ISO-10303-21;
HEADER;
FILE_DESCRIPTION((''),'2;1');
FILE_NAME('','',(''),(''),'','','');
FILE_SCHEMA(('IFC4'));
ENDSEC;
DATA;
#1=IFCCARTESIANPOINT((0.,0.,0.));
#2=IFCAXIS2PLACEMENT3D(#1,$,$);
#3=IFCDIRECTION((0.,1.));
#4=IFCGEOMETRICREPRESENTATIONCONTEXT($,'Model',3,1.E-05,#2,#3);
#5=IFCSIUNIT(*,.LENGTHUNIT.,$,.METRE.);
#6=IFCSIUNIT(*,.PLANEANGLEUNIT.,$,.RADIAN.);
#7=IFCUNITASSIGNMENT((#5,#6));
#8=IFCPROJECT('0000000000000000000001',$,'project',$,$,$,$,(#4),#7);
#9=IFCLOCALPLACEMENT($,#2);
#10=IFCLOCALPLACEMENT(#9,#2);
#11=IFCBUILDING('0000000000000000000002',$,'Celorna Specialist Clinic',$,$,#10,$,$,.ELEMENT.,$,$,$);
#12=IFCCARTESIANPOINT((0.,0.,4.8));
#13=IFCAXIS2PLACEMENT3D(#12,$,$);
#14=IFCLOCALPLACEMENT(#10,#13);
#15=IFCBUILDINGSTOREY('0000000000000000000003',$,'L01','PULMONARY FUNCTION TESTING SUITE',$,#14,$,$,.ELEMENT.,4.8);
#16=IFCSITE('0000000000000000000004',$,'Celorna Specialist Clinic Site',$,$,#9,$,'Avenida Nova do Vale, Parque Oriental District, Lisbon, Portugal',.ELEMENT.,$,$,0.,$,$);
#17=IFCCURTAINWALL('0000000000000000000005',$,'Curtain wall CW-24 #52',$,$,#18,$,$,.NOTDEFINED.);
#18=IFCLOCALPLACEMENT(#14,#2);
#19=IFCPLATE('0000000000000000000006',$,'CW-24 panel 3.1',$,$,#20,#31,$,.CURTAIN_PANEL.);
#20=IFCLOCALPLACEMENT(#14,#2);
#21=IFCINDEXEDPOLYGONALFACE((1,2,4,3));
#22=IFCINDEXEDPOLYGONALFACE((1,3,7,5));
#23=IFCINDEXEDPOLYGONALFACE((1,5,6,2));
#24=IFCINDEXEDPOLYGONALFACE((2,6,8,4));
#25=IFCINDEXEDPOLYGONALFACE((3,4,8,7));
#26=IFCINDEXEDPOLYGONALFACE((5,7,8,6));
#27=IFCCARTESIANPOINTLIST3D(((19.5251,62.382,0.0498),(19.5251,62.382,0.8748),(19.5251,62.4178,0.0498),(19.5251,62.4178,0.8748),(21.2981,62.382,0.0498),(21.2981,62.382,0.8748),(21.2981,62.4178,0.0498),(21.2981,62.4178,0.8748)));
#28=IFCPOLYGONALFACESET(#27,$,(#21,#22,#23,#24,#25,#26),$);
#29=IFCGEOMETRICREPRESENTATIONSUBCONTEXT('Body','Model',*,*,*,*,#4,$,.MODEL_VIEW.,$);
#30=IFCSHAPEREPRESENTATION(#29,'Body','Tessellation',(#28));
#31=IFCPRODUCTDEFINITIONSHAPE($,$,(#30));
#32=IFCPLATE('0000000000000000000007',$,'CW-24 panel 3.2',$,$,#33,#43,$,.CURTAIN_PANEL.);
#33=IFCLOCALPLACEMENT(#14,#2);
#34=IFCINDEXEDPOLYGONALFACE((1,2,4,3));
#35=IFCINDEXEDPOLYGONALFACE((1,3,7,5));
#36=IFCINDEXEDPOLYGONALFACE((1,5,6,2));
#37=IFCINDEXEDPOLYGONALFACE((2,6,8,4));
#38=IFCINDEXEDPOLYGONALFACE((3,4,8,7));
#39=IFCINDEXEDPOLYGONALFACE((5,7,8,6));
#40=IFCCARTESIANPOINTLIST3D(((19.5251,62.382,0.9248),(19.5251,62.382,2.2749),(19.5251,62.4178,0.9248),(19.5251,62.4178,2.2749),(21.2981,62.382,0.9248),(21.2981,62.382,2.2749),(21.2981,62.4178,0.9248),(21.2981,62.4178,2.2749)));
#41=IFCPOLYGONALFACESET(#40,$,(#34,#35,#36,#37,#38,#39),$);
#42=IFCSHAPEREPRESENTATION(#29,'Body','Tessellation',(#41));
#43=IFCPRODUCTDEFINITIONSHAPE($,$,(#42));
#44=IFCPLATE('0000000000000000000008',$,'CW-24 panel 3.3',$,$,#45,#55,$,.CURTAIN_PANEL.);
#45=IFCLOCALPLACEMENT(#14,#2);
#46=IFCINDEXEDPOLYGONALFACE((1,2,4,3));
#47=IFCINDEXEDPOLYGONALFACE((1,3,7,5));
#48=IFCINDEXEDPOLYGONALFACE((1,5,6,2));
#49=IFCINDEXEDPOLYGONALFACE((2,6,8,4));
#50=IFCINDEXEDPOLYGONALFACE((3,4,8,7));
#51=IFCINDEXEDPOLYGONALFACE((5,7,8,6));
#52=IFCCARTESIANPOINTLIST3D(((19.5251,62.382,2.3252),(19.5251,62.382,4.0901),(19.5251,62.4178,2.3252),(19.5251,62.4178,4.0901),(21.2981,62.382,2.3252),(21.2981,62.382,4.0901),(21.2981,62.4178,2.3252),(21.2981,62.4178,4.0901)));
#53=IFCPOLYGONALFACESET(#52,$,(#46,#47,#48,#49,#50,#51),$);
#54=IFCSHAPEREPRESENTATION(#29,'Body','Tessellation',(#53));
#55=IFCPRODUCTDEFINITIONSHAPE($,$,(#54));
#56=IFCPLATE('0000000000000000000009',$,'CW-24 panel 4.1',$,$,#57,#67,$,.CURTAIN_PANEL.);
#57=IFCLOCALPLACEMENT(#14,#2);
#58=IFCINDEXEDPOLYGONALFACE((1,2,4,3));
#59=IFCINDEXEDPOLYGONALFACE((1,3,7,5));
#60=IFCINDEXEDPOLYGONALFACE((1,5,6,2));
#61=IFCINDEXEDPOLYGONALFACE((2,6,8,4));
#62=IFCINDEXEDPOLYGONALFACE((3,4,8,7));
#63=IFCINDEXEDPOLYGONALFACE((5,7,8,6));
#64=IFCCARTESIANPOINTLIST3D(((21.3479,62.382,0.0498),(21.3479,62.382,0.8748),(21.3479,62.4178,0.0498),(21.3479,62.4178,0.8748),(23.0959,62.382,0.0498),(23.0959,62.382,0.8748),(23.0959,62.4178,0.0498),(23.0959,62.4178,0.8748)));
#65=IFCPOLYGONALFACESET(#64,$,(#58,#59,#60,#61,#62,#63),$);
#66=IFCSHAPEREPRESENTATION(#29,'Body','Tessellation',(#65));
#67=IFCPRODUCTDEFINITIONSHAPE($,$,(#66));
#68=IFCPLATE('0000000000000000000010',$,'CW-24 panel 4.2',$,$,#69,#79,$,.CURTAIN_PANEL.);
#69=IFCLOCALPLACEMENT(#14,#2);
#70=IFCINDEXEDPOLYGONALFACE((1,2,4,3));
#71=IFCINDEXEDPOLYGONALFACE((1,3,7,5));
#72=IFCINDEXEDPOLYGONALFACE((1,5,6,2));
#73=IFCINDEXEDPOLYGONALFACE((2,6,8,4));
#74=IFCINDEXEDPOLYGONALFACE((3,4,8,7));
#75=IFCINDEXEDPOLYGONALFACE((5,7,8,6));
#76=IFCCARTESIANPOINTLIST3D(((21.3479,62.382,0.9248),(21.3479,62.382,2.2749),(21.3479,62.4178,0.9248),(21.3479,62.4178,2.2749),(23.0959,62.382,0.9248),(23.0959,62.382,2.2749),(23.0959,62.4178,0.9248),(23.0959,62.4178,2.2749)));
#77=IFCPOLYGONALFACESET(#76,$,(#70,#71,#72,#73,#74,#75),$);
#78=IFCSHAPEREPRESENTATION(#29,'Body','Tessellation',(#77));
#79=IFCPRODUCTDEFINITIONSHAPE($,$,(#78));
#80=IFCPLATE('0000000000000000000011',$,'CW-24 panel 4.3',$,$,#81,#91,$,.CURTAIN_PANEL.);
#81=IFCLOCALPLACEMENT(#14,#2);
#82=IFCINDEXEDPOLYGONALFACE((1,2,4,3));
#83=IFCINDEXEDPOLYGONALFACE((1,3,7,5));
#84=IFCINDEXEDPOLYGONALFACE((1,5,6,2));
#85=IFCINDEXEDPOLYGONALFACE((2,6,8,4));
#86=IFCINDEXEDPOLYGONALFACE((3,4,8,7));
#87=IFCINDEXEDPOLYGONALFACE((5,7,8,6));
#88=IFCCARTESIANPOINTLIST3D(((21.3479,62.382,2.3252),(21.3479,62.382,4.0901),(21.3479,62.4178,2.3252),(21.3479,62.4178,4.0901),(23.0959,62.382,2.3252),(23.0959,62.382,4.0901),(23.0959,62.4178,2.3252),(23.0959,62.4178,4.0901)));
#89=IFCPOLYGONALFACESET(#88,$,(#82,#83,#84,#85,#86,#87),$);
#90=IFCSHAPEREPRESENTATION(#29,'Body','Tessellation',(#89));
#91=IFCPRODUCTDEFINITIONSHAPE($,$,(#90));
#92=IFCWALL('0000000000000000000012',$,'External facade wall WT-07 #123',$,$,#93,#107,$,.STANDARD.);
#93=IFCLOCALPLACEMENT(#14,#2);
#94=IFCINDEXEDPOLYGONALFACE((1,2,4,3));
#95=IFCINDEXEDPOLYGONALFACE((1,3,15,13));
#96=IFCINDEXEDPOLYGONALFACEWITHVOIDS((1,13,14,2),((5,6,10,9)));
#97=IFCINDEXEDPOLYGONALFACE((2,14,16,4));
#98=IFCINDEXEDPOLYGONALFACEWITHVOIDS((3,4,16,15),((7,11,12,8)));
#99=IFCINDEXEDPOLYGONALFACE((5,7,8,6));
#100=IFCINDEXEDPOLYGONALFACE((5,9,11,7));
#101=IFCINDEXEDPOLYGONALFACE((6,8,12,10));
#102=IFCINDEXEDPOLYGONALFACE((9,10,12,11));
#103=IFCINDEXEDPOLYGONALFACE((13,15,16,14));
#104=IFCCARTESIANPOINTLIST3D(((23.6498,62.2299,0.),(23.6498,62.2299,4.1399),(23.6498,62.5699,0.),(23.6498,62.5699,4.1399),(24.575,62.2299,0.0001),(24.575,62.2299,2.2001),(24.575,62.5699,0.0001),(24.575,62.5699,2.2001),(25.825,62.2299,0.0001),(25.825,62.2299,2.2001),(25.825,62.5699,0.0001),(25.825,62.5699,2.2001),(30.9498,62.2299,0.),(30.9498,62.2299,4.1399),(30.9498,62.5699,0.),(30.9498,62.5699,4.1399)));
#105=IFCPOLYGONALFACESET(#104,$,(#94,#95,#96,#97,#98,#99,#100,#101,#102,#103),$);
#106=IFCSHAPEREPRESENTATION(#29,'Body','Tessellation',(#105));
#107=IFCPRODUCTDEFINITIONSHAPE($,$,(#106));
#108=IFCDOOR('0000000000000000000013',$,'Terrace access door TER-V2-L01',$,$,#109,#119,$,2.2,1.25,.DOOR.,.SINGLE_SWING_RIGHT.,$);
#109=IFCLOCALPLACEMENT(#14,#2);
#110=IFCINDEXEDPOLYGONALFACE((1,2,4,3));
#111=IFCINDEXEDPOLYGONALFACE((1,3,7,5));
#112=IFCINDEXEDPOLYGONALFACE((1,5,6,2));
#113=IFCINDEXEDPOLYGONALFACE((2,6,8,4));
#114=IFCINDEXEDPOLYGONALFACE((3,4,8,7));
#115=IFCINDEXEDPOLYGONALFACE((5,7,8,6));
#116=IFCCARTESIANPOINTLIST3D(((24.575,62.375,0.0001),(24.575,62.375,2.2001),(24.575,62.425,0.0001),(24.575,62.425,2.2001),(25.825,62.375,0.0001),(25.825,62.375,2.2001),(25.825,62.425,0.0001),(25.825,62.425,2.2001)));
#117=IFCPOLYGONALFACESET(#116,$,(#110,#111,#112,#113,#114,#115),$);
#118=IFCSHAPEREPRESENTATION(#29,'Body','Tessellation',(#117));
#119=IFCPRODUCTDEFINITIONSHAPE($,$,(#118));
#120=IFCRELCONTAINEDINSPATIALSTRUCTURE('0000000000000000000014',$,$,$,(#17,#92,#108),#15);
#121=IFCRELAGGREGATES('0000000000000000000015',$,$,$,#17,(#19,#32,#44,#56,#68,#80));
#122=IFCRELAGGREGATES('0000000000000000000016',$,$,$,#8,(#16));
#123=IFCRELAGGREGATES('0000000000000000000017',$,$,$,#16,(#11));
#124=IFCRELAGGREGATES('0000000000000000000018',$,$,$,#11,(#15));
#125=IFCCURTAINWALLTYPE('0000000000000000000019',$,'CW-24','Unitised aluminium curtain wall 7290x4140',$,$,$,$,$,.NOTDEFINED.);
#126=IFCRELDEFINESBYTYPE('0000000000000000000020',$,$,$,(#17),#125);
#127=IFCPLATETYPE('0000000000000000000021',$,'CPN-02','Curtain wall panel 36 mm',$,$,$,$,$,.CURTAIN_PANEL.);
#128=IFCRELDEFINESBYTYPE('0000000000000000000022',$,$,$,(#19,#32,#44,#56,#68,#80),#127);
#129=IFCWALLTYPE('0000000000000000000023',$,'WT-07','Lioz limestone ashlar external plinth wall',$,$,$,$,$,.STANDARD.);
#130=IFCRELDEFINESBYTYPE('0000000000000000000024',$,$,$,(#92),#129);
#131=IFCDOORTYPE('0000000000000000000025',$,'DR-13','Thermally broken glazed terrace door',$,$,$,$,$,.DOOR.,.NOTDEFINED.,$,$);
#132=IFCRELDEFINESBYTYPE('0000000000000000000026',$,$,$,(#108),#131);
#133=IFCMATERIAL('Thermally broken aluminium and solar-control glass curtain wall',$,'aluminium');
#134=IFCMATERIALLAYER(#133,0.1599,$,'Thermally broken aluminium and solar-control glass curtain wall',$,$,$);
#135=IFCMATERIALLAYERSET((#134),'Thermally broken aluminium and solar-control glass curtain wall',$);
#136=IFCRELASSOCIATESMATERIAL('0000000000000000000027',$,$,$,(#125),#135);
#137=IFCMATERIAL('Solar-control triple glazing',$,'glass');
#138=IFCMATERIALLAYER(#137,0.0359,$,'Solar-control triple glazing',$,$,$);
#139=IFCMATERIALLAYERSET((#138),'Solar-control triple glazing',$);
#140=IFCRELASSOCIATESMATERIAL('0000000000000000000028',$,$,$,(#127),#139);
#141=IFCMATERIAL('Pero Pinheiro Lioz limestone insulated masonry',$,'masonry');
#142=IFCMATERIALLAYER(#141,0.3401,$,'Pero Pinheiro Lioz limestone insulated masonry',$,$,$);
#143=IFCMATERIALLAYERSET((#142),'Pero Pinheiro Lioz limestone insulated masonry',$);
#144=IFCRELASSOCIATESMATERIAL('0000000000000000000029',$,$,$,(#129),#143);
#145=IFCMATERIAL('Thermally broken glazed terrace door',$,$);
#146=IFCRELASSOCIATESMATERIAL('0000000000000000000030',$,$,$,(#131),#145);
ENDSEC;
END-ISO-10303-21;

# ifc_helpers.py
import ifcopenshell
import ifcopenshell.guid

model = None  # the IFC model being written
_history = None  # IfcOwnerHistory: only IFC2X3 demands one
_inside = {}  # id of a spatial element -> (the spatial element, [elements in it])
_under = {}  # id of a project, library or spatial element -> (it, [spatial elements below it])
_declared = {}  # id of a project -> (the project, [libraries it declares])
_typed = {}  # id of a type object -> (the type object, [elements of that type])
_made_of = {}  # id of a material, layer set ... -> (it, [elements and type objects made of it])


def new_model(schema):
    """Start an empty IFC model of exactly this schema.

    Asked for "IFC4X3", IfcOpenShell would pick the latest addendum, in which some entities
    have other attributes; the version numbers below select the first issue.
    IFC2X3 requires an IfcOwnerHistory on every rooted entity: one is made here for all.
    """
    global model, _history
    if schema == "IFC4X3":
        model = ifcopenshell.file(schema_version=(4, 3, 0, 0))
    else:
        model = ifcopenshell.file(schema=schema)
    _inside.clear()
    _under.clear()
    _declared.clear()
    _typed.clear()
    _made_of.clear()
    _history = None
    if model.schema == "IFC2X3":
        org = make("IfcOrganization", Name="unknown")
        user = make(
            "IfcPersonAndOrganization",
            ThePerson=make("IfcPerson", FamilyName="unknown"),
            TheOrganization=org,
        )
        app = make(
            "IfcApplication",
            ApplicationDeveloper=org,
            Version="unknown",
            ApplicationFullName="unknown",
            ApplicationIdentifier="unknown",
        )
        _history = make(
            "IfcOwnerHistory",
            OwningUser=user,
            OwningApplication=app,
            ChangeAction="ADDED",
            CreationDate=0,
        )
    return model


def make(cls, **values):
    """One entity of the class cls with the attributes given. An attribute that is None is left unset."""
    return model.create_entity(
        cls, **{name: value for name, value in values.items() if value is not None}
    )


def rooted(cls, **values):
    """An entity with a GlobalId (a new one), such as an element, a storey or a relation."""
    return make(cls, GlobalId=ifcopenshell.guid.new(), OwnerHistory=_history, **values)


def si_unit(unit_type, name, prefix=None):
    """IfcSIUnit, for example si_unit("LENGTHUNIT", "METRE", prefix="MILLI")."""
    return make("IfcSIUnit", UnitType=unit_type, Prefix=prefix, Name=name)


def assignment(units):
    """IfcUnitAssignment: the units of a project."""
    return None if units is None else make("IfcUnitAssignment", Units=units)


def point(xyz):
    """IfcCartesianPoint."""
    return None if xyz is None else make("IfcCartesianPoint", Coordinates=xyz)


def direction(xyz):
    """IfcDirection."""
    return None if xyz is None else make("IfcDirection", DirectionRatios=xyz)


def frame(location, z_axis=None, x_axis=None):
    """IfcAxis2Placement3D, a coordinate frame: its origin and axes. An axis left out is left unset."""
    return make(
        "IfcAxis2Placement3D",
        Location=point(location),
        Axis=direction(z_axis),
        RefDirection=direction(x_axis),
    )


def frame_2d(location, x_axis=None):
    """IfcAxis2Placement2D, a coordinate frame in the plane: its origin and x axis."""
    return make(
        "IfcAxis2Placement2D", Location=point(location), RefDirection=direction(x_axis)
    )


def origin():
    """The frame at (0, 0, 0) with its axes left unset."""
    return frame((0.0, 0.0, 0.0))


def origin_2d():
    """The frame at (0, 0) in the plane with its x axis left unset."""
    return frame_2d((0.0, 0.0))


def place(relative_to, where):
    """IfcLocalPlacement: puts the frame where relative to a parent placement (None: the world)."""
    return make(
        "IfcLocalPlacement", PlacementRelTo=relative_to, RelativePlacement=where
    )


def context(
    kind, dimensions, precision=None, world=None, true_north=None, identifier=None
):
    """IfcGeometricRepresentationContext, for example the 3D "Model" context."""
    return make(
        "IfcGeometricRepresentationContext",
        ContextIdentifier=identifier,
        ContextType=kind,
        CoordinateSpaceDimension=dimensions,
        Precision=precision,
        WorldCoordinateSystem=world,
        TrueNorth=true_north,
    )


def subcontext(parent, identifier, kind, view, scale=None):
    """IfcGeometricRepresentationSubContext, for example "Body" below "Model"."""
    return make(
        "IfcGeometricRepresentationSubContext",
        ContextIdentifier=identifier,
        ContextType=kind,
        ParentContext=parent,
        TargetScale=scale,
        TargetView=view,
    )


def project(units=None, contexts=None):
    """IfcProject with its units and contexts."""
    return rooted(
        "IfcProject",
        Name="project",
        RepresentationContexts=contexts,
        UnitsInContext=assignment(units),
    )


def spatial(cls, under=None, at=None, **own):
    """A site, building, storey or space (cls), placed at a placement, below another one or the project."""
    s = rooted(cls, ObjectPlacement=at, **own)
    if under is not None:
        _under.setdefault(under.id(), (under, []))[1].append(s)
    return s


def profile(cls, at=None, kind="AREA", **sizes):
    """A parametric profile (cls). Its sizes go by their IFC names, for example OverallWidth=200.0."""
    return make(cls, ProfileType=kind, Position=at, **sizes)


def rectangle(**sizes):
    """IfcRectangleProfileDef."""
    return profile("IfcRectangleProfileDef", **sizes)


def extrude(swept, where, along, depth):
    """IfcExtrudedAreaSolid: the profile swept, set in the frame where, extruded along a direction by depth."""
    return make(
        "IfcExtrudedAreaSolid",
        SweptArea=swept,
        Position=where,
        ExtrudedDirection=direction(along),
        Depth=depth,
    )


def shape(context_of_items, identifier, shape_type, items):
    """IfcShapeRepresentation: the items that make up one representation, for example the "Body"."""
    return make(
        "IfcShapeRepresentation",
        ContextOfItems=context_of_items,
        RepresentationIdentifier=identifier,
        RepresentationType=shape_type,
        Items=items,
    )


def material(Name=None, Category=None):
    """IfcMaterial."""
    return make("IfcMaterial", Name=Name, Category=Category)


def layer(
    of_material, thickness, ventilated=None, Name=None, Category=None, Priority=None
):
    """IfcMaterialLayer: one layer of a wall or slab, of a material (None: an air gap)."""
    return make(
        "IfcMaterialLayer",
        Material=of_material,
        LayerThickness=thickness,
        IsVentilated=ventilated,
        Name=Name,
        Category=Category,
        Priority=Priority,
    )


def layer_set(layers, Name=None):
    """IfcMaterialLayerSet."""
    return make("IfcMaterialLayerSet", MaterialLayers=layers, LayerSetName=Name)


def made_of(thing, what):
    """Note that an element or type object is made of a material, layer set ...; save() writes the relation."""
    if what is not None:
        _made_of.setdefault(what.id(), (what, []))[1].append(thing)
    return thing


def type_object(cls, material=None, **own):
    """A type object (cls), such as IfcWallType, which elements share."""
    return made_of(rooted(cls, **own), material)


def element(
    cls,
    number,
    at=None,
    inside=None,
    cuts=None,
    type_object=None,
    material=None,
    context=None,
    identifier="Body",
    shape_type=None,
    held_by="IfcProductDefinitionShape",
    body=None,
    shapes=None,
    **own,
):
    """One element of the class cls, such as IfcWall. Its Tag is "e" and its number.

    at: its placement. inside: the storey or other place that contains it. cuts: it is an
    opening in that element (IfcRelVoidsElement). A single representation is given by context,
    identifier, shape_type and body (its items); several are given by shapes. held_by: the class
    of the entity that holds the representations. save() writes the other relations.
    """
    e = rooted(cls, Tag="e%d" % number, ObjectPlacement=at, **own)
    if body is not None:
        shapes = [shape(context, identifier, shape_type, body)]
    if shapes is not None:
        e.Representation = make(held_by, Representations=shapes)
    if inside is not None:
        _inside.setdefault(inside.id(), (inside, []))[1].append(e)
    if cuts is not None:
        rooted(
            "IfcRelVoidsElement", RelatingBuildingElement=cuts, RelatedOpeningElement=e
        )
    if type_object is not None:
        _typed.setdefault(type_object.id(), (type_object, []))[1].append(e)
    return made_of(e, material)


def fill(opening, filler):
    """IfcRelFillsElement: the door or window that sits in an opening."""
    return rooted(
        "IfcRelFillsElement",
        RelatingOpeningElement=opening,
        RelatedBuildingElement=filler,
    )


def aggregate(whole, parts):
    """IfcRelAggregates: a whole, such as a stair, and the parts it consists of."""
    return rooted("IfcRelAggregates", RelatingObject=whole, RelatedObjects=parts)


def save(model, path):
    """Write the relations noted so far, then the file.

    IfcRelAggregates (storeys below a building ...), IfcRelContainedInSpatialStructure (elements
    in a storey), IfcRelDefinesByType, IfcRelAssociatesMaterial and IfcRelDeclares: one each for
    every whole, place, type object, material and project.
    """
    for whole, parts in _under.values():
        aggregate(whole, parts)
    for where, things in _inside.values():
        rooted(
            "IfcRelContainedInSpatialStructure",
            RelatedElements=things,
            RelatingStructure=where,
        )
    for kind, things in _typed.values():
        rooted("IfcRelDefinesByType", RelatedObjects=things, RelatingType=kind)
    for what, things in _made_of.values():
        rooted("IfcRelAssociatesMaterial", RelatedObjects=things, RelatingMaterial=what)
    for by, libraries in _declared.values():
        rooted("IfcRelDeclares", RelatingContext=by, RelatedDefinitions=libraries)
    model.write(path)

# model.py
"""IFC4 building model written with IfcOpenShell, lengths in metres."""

from ifc_helpers import new_model, si_unit, direction, frame, frame_2d, origin, origin_2d, place, context, subcontext, project, spatial, rectangle, extrude, material, layer, layer_set, type_object, element, fill, aggregate, save


model = new_model("IFC4")

# Units and contexts
model_context = context("Model", 3, precision=1e-05, world=origin(), true_north=direction((0.0, 1.0)))
body_context = subcontext(model_context, "Body", "Model", "MODEL_VIEW")
ifc_project = project(units=[si_unit("LENGTHUNIT", "METRE"), si_unit("PLANEANGLEUNIT", "RADIAN")], contexts=[model_context])

# Site, building, storey
site_placement = place(None, origin())
site = spatial("IfcSite", under=ifc_project, at=site_placement, Name="Celorna Specialist Clinic Site", LongName="Avenida Nova do Vale, Parque Oriental District, Lisbon, Portugal", CompositionType="ELEMENT", RefElevation=0.0)
building_placement = place(site_placement, origin())
building = spatial("IfcBuilding", under=site, at=building_placement, Name="Celorna Specialist Clinic", CompositionType="ELEMENT")
storey_placement = place(building_placement, frame((0.0, 0.0, 4.8)))
storey = spatial("IfcBuildingStorey", under=building, at=storey_placement, Name="L01", Description="PULMONARY FUNCTION TESTING SUITE", CompositionType="ELEMENT", Elevation=4.8)

# Curtain wall, plates
ifc_material_1 = material(Name="Thermally broken aluminium and solar-control glass curtain wall", Category="aluminium")
ifc_layer_1 = layer(ifc_material_1, 0.1599, Name="Thermally broken aluminium and solar-control glass curtain wall")
ifc_layer_set_1 = layer_set([ifc_layer_1], Name="Thermally broken aluminium and solar-control glass curtain wall")
curtain_wall_type = type_object("IfcCurtainWallType", Name="CW-24", Description="Unitised aluminium curtain wall 7290x4140", PredefinedType="NOTDEFINED", material=ifc_layer_set_1)
curtain_wall_placement = place(storey_placement, origin())
curtain_wall = element("IfcCurtainWall", 1, at=curtain_wall_placement, inside=storey, type_object=curtain_wall_type, Name="Curtain wall CW-24 #52", PredefinedType="NOTDEFINED")
ifc_material_2 = material(Name="Solar-control triple glazing", Category="glass")
ifc_layer_2 = layer(ifc_material_2, 0.0359, Name="Solar-control triple glazing")
ifc_layer_set_2 = layer_set([ifc_layer_2], Name="Solar-control triple glazing")
plate_type = type_object("IfcPlateType", Name="CPN-02", Description="Curtain wall panel 36 mm", PredefinedType="CURTAIN_PANEL", material=ifc_layer_set_2)
plate_1_placement = place(storey_placement, frame((20.4116, 62.3999, 0.0498), z_axis=(0.0, 0.0, 1.0), x_axis=(1.0, 0.0, 0.0)))
plate_1 = element("IfcPlate", 2, at=plate_1_placement, type_object=plate_type, Name="CW-24 panel 3.1", PredefinedType="CURTAIN_PANEL", context=body_context, shape_type="SweptSolid", body=[
    extrude(rectangle(XDim=1.7729, YDim=0.0359, at=origin_2d()), origin(), (0.0, 0.0, 1.0), 0.825),
])
plate_2_placement = place(storey_placement, frame((20.4116, 62.3999, 0.9248), z_axis=(0.0, 0.0, 1.0), x_axis=(1.0, 0.0, 0.0)))
plate_2 = element("IfcPlate", 3, at=plate_2_placement, type_object=plate_type, Name="CW-24 panel 3.2", PredefinedType="CURTAIN_PANEL", context=body_context, shape_type="SweptSolid", body=[
    extrude(rectangle(XDim=1.7729, YDim=0.0359, at=origin_2d()), origin(), (0.0, 0.0, 1.0), 1.3501),
])
plate_3_placement = place(storey_placement, frame((20.4116, 62.3999, 2.3252), z_axis=(0.0, 0.0, 1.0), x_axis=(1.0, 0.0, 0.0)))
plate_3 = element("IfcPlate", 4, at=plate_3_placement, type_object=plate_type, Name="CW-24 panel 3.3", PredefinedType="CURTAIN_PANEL", context=body_context, shape_type="SweptSolid", body=[
    extrude(rectangle(XDim=1.7729, YDim=0.0359, at=origin_2d()), origin(), (0.0, 0.0, 1.0), 1.7649),
])
plate_4_placement = place(storey_placement, frame((22.2219, 62.3999, 0.0498), z_axis=(0.0, 0.0, 1.0), x_axis=(1.0, 0.0, 0.0)))
plate_4 = element("IfcPlate", 5, at=plate_4_placement, type_object=plate_type, Name="CW-24 panel 4.1", PredefinedType="CURTAIN_PANEL", context=body_context, shape_type="SweptSolid", body=[
    extrude(rectangle(XDim=1.748, YDim=0.0359, at=origin_2d()), origin(), (0.0, 0.0, 1.0), 0.825),
])
plate_5_placement = place(storey_placement, frame((22.2219, 62.3999, 0.9248), z_axis=(0.0, 0.0, 1.0), x_axis=(1.0, 0.0, 0.0)))
plate_5 = element("IfcPlate", 6, at=plate_5_placement, type_object=plate_type, Name="CW-24 panel 4.2", PredefinedType="CURTAIN_PANEL", context=body_context, shape_type="SweptSolid", body=[
    extrude(rectangle(XDim=1.748, YDim=0.0359, at=origin_2d()), origin(), (0.0, 0.0, 1.0), 1.3501),
])
plate_6_placement = place(storey_placement, frame((22.2219, 62.3999, 2.3252), z_axis=(0.0, 0.0, 1.0), x_axis=(1.0, 0.0, 0.0)))
plate_6 = element("IfcPlate", 7, at=plate_6_placement, type_object=plate_type, Name="CW-24 panel 4.3", PredefinedType="CURTAIN_PANEL", context=body_context, shape_type="SweptSolid", body=[
    extrude(rectangle(XDim=1.748, YDim=0.0359, at=origin_2d()), origin(), (0.0, 0.0, 1.0), 1.7649),
])
aggregate(curtain_wall, [plate_1, plate_2, plate_3, plate_4, plate_5, plate_6])

# Wall, opening, door
ifc_material_3 = material(Name="Pero Pinheiro Lioz limestone insulated masonry", Category="masonry")
ifc_layer_3 = layer(ifc_material_3, 0.3401, Name="Pero Pinheiro Lioz limestone insulated masonry")
ifc_layer_set_3 = layer_set([ifc_layer_3], Name="Pero Pinheiro Lioz limestone insulated masonry")
wall_type = type_object("IfcWallType", Name="WT-07", Description="Lioz limestone ashlar external plinth wall", PredefinedType="STANDARD", material=ifc_layer_set_3)
wall_placement = place(storey_placement, frame((23.6499, 62.3999, 0.0), z_axis=(0.0, 0.0, 1.0), x_axis=(1.0, 0.0, 0.0)))
wall = element("IfcWall", 8, at=wall_placement, inside=storey, type_object=wall_type, Name="External facade wall WT-07 #123", PredefinedType="STANDARD", context=body_context, shape_type="SweptSolid", body=[
    extrude(rectangle(XDim=7.3, YDim=0.3401, at=frame_2d((3.6499, 0.0))), origin(), (0.0, 0.0, 1.0), 4.1399),
])
opening_placement = place(wall_placement, frame((0.925, 0.0, 0.0)))
opening = element("IfcOpeningElement", 9, at=opening_placement, cuts=wall, PredefinedType="OPENING", context=body_context, shape_type="SweptSolid", body=[
    extrude(rectangle(XDim=1.25, YDim=2.2, at=frame_2d((0.625, 1.1001))), frame((0.0, 0.1799, 0.0), z_axis=(0.0, -1.0, 0.0), x_axis=(1.0, 0.0, 0.0)), (0.0, 0.0, 1.0), 0.3601),
])
ifc_material_4 = material(Name="Thermally broken glazed terrace door")
door_type = type_object("IfcDoorType", Name="DR-13", Description="Thermally broken glazed terrace door", OperationType="NOTDEFINED", PredefinedType="DOOR", material=ifc_material_4)
door_placement = place(opening_placement, frame((1.25, 0.0, 0.0), z_axis=(0.0, 0.0, 1.0), x_axis=(-1.0, 0.0, 0.0)))
door = element("IfcDoor", 10, at=door_placement, inside=storey, type_object=door_type, Name="Terrace access door TER-V2-L01", OperationType="SINGLE_SWING_RIGHT", OverallHeight=2.2, OverallWidth=1.25, PredefinedType="DOOR", context=body_context, shape_type="SweptSolid", body=[
    extrude(rectangle(XDim=1.25, YDim=2.2, at=frame_2d((0.625, 1.1001))), frame((0.0, 0.0249, 0.0), z_axis=(0.0, -1.0, 0.0), x_axis=(1.0, 0.0, 0.0)), (0.0, 0.0, 1.0), 0.05),
])
fill(opening, door)

save(model, "model.ifc")
